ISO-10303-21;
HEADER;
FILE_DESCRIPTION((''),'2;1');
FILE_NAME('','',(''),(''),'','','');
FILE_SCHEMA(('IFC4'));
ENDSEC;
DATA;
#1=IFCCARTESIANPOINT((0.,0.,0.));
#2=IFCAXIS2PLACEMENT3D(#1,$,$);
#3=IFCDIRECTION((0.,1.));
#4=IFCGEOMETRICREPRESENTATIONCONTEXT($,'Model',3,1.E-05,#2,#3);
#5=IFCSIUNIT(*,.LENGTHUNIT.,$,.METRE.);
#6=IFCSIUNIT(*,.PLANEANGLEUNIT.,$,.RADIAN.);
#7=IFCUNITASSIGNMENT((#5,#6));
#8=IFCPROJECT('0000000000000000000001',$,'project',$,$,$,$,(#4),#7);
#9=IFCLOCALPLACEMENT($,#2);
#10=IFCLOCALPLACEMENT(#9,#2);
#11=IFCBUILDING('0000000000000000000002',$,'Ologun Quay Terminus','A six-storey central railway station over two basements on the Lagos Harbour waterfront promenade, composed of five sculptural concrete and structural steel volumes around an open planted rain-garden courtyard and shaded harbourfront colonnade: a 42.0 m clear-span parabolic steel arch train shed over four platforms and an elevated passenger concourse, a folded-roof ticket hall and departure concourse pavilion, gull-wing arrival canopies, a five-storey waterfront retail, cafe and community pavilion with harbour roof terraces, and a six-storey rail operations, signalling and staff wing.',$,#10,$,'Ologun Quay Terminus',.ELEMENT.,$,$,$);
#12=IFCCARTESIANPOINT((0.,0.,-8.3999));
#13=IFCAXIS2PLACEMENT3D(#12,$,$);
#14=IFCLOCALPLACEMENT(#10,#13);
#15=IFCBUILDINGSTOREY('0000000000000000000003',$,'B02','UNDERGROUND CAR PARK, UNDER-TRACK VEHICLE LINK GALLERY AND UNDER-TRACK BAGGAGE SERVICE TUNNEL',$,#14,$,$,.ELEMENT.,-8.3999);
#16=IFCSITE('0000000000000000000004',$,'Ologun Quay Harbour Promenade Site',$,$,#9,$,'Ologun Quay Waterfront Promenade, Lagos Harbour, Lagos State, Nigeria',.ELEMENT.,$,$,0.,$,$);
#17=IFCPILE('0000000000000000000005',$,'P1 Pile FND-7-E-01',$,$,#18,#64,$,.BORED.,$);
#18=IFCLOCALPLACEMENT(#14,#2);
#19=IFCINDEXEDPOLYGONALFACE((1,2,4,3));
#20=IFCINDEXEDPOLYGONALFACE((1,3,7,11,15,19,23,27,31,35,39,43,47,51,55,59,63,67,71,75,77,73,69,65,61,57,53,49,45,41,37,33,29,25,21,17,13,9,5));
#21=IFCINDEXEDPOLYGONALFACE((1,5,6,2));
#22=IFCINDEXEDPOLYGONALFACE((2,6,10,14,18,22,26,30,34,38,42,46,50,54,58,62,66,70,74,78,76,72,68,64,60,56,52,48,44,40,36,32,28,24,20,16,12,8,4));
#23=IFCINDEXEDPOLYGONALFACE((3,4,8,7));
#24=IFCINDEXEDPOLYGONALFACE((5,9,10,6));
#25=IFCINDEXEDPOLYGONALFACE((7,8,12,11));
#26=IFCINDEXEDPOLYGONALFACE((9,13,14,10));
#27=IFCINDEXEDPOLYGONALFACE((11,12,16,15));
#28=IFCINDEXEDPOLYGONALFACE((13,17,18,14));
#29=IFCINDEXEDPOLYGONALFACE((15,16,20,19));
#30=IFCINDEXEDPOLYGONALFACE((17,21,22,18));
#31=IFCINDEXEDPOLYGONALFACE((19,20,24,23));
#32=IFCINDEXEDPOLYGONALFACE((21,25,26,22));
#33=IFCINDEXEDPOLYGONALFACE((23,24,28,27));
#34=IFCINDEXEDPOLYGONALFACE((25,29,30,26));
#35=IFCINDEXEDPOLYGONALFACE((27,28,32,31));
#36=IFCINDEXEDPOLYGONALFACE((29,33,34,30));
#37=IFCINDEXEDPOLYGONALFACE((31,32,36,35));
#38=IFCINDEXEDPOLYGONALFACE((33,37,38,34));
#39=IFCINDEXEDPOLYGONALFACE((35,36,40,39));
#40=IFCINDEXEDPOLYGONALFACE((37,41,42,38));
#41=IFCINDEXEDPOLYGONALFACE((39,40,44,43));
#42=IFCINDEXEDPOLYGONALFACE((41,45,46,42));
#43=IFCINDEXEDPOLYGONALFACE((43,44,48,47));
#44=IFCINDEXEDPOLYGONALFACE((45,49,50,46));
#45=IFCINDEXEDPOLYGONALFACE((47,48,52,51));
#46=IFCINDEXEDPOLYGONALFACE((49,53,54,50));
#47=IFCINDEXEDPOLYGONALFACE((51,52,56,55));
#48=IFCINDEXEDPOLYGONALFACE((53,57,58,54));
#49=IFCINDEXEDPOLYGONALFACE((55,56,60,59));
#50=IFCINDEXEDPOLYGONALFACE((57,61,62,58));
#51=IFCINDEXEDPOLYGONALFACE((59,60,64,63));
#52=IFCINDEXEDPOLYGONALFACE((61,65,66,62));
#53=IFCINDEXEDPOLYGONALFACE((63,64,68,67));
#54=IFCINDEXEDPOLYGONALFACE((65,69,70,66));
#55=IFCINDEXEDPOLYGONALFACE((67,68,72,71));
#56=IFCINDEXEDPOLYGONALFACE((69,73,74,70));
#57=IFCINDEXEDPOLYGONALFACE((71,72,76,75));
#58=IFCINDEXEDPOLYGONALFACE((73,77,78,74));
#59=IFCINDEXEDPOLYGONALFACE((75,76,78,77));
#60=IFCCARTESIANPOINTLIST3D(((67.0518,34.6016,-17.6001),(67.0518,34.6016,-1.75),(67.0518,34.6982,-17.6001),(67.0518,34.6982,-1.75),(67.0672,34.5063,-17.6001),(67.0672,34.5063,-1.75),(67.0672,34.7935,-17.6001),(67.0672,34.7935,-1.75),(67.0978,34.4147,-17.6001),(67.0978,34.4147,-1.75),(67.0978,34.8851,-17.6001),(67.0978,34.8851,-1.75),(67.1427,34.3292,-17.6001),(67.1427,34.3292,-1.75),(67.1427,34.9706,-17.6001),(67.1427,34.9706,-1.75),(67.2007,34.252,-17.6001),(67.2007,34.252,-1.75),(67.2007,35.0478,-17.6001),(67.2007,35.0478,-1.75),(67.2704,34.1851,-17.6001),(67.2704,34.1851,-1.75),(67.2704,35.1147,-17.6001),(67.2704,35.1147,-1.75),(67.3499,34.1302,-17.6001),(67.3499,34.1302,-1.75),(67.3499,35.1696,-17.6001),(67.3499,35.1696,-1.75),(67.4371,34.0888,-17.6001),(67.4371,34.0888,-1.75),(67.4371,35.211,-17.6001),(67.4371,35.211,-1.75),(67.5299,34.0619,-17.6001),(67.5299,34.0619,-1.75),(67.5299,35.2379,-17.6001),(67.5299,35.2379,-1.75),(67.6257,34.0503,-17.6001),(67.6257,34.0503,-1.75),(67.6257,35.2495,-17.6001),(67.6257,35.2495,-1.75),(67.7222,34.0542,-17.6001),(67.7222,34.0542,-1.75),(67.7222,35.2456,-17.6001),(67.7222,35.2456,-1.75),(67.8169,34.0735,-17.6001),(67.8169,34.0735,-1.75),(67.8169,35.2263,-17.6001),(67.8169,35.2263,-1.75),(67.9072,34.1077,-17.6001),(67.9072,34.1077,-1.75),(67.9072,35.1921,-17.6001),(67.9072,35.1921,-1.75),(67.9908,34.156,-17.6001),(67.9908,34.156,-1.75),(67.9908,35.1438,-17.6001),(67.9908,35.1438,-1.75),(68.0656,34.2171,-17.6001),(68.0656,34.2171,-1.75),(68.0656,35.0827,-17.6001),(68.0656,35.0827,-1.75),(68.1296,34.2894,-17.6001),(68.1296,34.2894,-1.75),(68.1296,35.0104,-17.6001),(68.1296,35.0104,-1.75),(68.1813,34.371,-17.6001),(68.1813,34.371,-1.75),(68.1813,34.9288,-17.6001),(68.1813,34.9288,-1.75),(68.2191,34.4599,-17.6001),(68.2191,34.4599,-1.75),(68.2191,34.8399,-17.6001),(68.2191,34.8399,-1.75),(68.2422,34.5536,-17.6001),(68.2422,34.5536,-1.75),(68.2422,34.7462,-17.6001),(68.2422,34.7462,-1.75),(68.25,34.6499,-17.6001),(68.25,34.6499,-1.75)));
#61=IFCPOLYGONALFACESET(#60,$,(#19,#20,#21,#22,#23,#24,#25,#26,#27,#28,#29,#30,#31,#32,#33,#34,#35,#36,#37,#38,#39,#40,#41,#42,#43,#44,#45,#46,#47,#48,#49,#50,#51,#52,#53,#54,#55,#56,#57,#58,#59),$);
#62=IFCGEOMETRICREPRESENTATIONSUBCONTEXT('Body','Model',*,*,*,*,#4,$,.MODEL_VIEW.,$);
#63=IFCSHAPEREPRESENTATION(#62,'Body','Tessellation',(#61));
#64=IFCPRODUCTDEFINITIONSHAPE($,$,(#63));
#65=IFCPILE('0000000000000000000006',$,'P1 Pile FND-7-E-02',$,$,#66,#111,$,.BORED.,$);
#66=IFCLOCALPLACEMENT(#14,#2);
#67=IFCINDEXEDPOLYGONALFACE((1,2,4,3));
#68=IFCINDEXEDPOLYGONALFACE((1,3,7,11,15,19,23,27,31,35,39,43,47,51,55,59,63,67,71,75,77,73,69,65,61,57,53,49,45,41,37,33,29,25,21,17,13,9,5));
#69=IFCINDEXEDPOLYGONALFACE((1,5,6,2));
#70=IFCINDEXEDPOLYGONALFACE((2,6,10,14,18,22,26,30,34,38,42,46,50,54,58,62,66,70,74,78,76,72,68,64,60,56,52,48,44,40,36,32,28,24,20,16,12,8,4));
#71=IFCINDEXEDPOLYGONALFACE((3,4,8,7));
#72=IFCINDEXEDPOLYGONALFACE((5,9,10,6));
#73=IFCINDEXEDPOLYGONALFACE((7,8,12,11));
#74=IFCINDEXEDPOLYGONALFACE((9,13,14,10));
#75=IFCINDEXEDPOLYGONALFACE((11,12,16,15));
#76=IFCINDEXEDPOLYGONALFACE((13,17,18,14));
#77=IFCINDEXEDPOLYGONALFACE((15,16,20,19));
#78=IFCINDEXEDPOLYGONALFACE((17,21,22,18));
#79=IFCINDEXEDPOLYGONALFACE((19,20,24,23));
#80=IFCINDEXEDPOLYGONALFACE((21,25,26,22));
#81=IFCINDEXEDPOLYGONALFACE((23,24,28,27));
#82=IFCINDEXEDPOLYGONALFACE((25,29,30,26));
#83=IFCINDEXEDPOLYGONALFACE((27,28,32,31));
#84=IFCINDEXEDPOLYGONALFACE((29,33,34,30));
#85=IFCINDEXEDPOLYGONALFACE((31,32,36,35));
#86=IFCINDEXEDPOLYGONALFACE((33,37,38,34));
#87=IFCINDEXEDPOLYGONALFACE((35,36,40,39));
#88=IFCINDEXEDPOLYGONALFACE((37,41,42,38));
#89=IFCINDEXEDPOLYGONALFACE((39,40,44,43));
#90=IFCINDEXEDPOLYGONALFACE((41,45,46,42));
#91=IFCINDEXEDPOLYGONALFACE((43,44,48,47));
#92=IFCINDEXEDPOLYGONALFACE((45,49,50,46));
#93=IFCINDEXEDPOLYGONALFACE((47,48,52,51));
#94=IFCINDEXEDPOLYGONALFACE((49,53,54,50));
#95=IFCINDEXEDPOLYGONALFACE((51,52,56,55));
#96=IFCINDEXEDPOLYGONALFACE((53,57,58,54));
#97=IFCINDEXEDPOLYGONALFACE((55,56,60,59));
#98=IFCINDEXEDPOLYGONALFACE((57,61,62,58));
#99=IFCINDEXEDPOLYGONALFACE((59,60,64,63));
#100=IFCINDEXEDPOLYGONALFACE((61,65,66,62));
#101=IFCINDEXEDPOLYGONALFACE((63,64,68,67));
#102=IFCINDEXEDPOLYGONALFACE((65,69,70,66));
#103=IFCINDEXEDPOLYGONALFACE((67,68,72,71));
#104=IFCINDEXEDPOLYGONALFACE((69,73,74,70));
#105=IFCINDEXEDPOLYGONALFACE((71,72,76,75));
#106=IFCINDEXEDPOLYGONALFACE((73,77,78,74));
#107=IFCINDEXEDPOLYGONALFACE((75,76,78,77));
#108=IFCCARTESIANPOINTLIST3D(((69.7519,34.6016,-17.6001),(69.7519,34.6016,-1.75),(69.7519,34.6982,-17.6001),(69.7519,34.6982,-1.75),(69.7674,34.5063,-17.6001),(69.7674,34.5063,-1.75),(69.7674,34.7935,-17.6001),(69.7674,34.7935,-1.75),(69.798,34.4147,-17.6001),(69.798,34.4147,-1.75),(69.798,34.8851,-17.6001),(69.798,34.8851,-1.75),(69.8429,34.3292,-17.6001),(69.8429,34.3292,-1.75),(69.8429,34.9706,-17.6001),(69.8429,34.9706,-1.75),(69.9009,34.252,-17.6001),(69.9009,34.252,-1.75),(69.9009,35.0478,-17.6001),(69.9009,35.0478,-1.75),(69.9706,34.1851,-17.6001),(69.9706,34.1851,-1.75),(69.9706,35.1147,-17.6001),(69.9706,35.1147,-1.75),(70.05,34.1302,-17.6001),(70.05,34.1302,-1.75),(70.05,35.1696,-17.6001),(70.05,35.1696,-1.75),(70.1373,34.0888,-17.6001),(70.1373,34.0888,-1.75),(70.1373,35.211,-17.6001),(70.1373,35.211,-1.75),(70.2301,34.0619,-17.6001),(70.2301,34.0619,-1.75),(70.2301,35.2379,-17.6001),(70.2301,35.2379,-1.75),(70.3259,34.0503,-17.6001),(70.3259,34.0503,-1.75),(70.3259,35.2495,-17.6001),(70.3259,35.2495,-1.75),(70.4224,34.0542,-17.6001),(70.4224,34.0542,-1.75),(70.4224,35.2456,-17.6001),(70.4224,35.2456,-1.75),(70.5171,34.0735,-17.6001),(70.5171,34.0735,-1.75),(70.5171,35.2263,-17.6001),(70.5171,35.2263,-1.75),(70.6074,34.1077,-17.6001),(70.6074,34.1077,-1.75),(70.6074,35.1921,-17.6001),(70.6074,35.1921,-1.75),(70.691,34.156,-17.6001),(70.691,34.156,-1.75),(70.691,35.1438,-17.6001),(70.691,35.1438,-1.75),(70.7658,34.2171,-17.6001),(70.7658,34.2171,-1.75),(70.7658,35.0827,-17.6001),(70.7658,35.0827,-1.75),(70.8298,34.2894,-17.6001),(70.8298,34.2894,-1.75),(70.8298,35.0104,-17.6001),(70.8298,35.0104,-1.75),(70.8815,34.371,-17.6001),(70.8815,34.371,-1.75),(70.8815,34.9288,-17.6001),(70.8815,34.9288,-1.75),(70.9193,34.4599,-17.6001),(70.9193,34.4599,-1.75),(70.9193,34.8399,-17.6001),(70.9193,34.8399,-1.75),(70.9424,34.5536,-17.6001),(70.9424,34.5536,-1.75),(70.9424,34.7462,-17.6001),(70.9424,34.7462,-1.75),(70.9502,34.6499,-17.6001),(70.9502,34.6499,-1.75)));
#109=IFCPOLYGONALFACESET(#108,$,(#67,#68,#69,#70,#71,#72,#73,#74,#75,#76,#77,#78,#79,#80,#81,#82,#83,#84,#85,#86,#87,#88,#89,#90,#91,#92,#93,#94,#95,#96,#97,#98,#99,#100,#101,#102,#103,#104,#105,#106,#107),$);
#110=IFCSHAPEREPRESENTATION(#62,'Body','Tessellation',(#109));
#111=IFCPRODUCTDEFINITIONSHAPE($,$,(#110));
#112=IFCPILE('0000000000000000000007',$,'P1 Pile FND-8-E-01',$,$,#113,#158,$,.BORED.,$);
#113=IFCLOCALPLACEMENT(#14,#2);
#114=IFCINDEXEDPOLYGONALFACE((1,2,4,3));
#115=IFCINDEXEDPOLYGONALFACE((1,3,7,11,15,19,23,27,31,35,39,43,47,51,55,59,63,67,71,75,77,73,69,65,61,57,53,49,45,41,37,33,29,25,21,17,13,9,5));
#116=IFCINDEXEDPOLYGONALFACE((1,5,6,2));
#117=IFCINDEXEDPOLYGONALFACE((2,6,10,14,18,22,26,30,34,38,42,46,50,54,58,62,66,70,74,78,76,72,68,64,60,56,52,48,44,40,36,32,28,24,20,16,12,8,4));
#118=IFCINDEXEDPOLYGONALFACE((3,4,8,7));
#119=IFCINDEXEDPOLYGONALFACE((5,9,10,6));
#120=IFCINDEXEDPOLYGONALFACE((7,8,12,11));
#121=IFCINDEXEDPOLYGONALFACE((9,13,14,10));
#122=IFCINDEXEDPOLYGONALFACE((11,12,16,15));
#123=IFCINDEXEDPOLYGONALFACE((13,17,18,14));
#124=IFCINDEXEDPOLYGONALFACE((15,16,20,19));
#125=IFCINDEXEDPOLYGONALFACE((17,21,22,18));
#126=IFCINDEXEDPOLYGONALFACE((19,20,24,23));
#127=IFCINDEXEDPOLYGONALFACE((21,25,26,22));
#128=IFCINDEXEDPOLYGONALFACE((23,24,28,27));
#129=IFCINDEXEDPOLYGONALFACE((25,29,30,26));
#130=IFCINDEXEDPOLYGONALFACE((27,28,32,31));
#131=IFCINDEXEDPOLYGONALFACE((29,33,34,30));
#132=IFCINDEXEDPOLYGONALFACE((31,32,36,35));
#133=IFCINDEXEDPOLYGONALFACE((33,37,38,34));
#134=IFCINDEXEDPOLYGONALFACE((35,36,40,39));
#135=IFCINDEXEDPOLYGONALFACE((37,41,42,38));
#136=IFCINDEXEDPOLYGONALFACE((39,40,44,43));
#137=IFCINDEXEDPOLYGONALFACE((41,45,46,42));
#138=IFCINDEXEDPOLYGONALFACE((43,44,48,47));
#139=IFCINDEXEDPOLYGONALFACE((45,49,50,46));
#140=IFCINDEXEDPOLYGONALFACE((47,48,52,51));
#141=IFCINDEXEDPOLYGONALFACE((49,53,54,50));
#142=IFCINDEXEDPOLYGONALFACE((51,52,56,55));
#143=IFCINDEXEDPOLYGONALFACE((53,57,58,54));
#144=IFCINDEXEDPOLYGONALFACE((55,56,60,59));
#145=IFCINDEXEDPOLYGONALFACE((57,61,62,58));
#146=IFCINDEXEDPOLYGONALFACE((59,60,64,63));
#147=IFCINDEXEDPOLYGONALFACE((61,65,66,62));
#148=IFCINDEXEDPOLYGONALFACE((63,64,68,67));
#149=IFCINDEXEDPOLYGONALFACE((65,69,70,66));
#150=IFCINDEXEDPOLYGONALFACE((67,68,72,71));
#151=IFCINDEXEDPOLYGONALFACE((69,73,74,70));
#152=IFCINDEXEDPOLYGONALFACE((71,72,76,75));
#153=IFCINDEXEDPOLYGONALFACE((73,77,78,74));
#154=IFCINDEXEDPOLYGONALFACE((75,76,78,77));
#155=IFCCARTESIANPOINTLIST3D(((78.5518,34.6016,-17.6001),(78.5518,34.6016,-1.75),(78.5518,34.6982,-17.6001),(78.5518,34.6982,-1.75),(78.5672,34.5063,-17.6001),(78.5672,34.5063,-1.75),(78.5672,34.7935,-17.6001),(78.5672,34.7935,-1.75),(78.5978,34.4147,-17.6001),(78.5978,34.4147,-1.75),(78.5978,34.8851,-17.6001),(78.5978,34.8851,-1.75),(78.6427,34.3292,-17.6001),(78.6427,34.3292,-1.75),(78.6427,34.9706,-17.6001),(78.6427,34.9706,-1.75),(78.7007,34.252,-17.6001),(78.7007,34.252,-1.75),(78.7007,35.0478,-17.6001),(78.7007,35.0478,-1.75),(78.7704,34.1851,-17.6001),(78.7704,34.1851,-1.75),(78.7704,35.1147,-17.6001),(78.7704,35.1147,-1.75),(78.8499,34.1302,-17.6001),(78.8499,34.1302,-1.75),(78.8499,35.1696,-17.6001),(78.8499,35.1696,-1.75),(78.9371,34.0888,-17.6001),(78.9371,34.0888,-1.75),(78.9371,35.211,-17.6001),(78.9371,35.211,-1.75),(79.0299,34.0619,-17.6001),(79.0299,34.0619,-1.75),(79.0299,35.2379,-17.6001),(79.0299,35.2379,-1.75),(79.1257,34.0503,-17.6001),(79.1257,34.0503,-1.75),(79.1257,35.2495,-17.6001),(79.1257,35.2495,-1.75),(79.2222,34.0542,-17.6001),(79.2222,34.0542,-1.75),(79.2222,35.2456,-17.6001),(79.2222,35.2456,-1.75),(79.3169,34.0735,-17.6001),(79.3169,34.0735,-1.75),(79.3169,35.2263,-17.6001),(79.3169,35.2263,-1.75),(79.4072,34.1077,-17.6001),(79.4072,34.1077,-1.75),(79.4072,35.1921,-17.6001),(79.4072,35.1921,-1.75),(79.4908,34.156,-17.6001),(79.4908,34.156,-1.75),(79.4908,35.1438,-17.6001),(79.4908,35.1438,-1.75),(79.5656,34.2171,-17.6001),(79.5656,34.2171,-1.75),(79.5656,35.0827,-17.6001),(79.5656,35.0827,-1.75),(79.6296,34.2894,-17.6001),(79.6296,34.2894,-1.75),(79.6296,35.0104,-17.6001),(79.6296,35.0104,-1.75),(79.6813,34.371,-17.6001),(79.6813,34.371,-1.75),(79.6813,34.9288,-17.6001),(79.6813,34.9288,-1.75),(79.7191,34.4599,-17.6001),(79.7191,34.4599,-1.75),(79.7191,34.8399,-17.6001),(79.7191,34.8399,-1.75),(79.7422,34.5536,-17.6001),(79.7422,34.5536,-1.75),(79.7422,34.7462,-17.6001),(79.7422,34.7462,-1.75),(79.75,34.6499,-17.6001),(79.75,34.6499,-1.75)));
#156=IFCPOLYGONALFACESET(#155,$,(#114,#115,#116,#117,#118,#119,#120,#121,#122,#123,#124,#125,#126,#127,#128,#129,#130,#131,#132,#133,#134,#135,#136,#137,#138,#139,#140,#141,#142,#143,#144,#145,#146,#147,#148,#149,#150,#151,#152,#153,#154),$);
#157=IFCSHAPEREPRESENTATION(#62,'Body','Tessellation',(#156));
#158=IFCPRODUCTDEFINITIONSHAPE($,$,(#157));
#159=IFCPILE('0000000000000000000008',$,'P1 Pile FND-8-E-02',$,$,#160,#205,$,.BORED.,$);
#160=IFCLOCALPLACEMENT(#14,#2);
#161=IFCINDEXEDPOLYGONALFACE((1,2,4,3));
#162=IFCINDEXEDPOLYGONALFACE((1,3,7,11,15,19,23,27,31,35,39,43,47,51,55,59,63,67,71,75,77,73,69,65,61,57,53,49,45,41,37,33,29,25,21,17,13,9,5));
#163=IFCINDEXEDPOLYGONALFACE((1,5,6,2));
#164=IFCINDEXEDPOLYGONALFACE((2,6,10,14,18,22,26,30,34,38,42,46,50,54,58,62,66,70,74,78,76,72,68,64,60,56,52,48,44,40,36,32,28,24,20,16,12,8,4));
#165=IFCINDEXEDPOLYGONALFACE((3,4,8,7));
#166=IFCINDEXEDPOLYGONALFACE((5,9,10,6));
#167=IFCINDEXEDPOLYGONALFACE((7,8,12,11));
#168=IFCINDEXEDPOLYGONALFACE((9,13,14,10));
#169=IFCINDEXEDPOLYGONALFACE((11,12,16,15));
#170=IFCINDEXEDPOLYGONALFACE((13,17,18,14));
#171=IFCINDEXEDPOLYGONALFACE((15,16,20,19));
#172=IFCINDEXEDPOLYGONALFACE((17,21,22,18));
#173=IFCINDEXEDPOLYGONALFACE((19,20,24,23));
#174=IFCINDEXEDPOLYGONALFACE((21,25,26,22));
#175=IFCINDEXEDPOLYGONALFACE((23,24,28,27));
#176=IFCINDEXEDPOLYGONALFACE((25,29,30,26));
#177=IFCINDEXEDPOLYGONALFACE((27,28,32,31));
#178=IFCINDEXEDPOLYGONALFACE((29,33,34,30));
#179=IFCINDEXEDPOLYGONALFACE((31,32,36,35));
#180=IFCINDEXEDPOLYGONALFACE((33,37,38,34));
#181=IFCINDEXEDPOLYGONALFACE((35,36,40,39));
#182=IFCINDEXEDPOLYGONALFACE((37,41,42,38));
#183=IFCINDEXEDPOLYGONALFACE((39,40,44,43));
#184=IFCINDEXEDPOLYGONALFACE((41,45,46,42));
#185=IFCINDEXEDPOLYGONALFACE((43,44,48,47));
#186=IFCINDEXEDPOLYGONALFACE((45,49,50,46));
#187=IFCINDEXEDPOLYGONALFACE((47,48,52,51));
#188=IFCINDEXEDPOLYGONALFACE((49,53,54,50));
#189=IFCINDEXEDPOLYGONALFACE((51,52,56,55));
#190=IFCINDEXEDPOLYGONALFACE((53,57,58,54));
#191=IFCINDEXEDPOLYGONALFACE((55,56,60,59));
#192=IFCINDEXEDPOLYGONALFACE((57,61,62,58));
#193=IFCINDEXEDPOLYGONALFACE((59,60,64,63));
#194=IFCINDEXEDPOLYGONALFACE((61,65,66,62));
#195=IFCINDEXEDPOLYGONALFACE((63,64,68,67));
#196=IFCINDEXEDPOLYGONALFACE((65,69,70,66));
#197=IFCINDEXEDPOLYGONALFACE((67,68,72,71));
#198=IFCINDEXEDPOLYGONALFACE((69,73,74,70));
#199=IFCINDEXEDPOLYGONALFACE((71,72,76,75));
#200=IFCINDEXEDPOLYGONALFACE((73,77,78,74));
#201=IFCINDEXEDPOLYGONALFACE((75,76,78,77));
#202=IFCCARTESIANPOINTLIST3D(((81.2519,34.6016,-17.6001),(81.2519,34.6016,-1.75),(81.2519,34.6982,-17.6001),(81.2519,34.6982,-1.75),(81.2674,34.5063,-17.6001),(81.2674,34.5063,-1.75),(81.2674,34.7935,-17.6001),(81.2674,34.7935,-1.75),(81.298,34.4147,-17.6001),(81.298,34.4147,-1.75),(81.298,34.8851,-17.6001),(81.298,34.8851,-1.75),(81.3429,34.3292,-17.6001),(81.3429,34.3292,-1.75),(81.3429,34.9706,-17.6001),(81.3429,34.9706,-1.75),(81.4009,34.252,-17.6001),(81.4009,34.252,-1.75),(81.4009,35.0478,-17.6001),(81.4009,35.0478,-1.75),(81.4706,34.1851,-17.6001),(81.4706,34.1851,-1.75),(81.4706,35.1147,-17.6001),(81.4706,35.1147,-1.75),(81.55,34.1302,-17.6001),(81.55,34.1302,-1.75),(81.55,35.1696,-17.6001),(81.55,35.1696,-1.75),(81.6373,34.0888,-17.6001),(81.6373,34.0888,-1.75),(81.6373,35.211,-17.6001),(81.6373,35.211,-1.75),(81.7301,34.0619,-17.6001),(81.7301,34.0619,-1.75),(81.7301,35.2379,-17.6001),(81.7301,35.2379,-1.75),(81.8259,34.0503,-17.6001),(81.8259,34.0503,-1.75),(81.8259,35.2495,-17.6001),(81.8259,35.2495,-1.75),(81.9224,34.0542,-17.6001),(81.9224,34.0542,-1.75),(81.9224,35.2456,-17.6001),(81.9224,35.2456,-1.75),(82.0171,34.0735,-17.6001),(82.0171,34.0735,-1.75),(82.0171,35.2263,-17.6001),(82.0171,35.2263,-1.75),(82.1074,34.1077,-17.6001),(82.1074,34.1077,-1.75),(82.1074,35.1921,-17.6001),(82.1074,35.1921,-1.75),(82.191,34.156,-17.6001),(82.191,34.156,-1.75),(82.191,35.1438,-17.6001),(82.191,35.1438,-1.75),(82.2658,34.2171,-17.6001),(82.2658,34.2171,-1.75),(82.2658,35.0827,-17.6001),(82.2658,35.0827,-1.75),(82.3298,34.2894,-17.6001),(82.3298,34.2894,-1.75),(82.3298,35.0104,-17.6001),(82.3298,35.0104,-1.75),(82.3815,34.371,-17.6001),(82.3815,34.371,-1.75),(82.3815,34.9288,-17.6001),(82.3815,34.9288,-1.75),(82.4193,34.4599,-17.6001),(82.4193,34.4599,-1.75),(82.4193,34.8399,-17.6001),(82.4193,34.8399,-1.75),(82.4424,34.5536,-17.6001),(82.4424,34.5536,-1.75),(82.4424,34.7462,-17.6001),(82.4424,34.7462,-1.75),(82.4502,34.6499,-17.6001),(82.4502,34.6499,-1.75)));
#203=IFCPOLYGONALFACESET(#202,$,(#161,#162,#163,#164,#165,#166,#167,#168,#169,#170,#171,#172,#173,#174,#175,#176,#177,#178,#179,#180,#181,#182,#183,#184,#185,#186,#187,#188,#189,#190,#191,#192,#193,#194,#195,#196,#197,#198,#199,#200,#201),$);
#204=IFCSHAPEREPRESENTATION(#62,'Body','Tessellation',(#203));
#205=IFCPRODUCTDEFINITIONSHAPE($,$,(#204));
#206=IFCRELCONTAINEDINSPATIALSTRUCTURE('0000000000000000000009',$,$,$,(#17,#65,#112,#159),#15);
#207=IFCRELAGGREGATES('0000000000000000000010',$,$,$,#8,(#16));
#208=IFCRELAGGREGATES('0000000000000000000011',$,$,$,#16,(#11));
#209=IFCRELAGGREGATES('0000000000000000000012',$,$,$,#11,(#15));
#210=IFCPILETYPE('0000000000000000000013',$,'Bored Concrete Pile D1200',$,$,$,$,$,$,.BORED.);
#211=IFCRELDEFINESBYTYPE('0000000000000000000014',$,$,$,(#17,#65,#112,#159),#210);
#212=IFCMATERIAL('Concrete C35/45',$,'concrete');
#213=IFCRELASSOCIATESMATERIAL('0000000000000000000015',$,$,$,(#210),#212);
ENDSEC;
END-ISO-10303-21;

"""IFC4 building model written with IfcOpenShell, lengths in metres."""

from ifc_helpers import new_model, si_unit, direction, frame, origin, origin_2d, place, context, subcontext, project, spatial, circle, extrude, material, material_profile, profile_set, type_object, element, save


model = new_model("IFC4")

# Units and contexts
model_context = context("Model", 3, precision=1e-05, world=origin(), true_north=direction((0.0, 1.0)))
body_context = subcontext(model_context, "Body", "Model", "MODEL_VIEW")
ifc_project = project(units=[si_unit("LENGTHUNIT", "METRE"), si_unit("PLANEANGLEUNIT", "RADIAN")], contexts=[model_context])

# Site, building, storey
site_placement = place(None, origin())
site = spatial("IfcSite", under=ifc_project, at=site_placement, Name="Ologun Quay Harbour Promenade Site", LongName="Ologun Quay Waterfront Promenade, Lagos Harbour, Lagos State, Nigeria", CompositionType="ELEMENT", RefElevation=0.0)
building_placement = place(site_placement, origin())
building = spatial("IfcBuilding", under=site, at=building_placement, Name="Ologun Quay Terminus", Description="A six-storey central railway station over two basements on the Lagos Harbour waterfront promenade, composed of five sculptural concrete and structural steel volumes around an open planted rain-garden courtyard and shaded harbourfront colonnade: a 42.0 m clear-span parabolic steel arch train shed over four platforms and an elevated passenger concourse, a folded-roof ticket hall and departure concourse pavilion, gull-wing arrival canopies, a five-storey waterfront retail, cafe and community pavilion with harbour roof terraces, and a six-storey rail operations, signalling and staff wing.", LongName="Ologun Quay Terminus", CompositionType="ELEMENT")
storey_placement = place(building_placement, frame((0.0, 0.0, -8.3999)))
storey = spatial("IfcBuildingStorey", under=building, at=storey_placement, Name="B02", Description="UNDERGROUND CAR PARK, UNDER-TRACK VEHICLE LINK GALLERY AND UNDER-TRACK BAGGAGE SERVICE TUNNEL", CompositionType="ELEMENT", Elevation=-8.3999)

# Piles
ifc_material_1 = material(Name="Concrete C35/45", Category="concrete")
ifc_material_profile_1 = material_profile(ifc_material_1, circle(Radius=0.6001, at=origin_2d()), Name="PILE D1200")
ifc_profile_set_1 = profile_set([ifc_material_profile_1], Name="Concrete C35/45")
pile_type_1 = type_object("IfcPileType", Name="Bored Concrete Pile D1200", PredefinedType="BORED", material=ifc_profile_set_1)
for number, where, z_axis, x_axis, name in (
    (1, (67.6499, 34.6499, -1.75), (0.0, 0.0, -1.0), (1.0, 0.0, 0.0), "P1 Pile FND-7-E-01"),
    (2, (70.3501, 34.6499, -1.75), (0.0, 0.0, -1.0), (1.0, 0.0, 0.0), "P1 Pile FND-7-E-02"),
    (3, (79.1499, 34.6499, -1.75), (0.0, 0.0, -1.0), (1.0, 0.0, 0.0), "P1 Pile FND-8-E-01"),
    (4, (81.8501, 34.6499, -1.75), (0.0, 0.0, -1.0), (1.0, 0.0, 0.0), "P1 Pile FND-8-E-02"),
):
    element("IfcPile", number, at=place(storey_placement, frame(where, z_axis=z_axis, x_axis=x_axis)), inside=storey, type_object=pile_type_1, Name=name, PredefinedType="BORED", context=body_context, shape_type="SweptSolid", body=[
        extrude(circle(Radius=0.6001, at=origin_2d()), origin(), (0.0, 0.0, 1.0), 15.8501),
    ])

save(model, "model.ifc")
